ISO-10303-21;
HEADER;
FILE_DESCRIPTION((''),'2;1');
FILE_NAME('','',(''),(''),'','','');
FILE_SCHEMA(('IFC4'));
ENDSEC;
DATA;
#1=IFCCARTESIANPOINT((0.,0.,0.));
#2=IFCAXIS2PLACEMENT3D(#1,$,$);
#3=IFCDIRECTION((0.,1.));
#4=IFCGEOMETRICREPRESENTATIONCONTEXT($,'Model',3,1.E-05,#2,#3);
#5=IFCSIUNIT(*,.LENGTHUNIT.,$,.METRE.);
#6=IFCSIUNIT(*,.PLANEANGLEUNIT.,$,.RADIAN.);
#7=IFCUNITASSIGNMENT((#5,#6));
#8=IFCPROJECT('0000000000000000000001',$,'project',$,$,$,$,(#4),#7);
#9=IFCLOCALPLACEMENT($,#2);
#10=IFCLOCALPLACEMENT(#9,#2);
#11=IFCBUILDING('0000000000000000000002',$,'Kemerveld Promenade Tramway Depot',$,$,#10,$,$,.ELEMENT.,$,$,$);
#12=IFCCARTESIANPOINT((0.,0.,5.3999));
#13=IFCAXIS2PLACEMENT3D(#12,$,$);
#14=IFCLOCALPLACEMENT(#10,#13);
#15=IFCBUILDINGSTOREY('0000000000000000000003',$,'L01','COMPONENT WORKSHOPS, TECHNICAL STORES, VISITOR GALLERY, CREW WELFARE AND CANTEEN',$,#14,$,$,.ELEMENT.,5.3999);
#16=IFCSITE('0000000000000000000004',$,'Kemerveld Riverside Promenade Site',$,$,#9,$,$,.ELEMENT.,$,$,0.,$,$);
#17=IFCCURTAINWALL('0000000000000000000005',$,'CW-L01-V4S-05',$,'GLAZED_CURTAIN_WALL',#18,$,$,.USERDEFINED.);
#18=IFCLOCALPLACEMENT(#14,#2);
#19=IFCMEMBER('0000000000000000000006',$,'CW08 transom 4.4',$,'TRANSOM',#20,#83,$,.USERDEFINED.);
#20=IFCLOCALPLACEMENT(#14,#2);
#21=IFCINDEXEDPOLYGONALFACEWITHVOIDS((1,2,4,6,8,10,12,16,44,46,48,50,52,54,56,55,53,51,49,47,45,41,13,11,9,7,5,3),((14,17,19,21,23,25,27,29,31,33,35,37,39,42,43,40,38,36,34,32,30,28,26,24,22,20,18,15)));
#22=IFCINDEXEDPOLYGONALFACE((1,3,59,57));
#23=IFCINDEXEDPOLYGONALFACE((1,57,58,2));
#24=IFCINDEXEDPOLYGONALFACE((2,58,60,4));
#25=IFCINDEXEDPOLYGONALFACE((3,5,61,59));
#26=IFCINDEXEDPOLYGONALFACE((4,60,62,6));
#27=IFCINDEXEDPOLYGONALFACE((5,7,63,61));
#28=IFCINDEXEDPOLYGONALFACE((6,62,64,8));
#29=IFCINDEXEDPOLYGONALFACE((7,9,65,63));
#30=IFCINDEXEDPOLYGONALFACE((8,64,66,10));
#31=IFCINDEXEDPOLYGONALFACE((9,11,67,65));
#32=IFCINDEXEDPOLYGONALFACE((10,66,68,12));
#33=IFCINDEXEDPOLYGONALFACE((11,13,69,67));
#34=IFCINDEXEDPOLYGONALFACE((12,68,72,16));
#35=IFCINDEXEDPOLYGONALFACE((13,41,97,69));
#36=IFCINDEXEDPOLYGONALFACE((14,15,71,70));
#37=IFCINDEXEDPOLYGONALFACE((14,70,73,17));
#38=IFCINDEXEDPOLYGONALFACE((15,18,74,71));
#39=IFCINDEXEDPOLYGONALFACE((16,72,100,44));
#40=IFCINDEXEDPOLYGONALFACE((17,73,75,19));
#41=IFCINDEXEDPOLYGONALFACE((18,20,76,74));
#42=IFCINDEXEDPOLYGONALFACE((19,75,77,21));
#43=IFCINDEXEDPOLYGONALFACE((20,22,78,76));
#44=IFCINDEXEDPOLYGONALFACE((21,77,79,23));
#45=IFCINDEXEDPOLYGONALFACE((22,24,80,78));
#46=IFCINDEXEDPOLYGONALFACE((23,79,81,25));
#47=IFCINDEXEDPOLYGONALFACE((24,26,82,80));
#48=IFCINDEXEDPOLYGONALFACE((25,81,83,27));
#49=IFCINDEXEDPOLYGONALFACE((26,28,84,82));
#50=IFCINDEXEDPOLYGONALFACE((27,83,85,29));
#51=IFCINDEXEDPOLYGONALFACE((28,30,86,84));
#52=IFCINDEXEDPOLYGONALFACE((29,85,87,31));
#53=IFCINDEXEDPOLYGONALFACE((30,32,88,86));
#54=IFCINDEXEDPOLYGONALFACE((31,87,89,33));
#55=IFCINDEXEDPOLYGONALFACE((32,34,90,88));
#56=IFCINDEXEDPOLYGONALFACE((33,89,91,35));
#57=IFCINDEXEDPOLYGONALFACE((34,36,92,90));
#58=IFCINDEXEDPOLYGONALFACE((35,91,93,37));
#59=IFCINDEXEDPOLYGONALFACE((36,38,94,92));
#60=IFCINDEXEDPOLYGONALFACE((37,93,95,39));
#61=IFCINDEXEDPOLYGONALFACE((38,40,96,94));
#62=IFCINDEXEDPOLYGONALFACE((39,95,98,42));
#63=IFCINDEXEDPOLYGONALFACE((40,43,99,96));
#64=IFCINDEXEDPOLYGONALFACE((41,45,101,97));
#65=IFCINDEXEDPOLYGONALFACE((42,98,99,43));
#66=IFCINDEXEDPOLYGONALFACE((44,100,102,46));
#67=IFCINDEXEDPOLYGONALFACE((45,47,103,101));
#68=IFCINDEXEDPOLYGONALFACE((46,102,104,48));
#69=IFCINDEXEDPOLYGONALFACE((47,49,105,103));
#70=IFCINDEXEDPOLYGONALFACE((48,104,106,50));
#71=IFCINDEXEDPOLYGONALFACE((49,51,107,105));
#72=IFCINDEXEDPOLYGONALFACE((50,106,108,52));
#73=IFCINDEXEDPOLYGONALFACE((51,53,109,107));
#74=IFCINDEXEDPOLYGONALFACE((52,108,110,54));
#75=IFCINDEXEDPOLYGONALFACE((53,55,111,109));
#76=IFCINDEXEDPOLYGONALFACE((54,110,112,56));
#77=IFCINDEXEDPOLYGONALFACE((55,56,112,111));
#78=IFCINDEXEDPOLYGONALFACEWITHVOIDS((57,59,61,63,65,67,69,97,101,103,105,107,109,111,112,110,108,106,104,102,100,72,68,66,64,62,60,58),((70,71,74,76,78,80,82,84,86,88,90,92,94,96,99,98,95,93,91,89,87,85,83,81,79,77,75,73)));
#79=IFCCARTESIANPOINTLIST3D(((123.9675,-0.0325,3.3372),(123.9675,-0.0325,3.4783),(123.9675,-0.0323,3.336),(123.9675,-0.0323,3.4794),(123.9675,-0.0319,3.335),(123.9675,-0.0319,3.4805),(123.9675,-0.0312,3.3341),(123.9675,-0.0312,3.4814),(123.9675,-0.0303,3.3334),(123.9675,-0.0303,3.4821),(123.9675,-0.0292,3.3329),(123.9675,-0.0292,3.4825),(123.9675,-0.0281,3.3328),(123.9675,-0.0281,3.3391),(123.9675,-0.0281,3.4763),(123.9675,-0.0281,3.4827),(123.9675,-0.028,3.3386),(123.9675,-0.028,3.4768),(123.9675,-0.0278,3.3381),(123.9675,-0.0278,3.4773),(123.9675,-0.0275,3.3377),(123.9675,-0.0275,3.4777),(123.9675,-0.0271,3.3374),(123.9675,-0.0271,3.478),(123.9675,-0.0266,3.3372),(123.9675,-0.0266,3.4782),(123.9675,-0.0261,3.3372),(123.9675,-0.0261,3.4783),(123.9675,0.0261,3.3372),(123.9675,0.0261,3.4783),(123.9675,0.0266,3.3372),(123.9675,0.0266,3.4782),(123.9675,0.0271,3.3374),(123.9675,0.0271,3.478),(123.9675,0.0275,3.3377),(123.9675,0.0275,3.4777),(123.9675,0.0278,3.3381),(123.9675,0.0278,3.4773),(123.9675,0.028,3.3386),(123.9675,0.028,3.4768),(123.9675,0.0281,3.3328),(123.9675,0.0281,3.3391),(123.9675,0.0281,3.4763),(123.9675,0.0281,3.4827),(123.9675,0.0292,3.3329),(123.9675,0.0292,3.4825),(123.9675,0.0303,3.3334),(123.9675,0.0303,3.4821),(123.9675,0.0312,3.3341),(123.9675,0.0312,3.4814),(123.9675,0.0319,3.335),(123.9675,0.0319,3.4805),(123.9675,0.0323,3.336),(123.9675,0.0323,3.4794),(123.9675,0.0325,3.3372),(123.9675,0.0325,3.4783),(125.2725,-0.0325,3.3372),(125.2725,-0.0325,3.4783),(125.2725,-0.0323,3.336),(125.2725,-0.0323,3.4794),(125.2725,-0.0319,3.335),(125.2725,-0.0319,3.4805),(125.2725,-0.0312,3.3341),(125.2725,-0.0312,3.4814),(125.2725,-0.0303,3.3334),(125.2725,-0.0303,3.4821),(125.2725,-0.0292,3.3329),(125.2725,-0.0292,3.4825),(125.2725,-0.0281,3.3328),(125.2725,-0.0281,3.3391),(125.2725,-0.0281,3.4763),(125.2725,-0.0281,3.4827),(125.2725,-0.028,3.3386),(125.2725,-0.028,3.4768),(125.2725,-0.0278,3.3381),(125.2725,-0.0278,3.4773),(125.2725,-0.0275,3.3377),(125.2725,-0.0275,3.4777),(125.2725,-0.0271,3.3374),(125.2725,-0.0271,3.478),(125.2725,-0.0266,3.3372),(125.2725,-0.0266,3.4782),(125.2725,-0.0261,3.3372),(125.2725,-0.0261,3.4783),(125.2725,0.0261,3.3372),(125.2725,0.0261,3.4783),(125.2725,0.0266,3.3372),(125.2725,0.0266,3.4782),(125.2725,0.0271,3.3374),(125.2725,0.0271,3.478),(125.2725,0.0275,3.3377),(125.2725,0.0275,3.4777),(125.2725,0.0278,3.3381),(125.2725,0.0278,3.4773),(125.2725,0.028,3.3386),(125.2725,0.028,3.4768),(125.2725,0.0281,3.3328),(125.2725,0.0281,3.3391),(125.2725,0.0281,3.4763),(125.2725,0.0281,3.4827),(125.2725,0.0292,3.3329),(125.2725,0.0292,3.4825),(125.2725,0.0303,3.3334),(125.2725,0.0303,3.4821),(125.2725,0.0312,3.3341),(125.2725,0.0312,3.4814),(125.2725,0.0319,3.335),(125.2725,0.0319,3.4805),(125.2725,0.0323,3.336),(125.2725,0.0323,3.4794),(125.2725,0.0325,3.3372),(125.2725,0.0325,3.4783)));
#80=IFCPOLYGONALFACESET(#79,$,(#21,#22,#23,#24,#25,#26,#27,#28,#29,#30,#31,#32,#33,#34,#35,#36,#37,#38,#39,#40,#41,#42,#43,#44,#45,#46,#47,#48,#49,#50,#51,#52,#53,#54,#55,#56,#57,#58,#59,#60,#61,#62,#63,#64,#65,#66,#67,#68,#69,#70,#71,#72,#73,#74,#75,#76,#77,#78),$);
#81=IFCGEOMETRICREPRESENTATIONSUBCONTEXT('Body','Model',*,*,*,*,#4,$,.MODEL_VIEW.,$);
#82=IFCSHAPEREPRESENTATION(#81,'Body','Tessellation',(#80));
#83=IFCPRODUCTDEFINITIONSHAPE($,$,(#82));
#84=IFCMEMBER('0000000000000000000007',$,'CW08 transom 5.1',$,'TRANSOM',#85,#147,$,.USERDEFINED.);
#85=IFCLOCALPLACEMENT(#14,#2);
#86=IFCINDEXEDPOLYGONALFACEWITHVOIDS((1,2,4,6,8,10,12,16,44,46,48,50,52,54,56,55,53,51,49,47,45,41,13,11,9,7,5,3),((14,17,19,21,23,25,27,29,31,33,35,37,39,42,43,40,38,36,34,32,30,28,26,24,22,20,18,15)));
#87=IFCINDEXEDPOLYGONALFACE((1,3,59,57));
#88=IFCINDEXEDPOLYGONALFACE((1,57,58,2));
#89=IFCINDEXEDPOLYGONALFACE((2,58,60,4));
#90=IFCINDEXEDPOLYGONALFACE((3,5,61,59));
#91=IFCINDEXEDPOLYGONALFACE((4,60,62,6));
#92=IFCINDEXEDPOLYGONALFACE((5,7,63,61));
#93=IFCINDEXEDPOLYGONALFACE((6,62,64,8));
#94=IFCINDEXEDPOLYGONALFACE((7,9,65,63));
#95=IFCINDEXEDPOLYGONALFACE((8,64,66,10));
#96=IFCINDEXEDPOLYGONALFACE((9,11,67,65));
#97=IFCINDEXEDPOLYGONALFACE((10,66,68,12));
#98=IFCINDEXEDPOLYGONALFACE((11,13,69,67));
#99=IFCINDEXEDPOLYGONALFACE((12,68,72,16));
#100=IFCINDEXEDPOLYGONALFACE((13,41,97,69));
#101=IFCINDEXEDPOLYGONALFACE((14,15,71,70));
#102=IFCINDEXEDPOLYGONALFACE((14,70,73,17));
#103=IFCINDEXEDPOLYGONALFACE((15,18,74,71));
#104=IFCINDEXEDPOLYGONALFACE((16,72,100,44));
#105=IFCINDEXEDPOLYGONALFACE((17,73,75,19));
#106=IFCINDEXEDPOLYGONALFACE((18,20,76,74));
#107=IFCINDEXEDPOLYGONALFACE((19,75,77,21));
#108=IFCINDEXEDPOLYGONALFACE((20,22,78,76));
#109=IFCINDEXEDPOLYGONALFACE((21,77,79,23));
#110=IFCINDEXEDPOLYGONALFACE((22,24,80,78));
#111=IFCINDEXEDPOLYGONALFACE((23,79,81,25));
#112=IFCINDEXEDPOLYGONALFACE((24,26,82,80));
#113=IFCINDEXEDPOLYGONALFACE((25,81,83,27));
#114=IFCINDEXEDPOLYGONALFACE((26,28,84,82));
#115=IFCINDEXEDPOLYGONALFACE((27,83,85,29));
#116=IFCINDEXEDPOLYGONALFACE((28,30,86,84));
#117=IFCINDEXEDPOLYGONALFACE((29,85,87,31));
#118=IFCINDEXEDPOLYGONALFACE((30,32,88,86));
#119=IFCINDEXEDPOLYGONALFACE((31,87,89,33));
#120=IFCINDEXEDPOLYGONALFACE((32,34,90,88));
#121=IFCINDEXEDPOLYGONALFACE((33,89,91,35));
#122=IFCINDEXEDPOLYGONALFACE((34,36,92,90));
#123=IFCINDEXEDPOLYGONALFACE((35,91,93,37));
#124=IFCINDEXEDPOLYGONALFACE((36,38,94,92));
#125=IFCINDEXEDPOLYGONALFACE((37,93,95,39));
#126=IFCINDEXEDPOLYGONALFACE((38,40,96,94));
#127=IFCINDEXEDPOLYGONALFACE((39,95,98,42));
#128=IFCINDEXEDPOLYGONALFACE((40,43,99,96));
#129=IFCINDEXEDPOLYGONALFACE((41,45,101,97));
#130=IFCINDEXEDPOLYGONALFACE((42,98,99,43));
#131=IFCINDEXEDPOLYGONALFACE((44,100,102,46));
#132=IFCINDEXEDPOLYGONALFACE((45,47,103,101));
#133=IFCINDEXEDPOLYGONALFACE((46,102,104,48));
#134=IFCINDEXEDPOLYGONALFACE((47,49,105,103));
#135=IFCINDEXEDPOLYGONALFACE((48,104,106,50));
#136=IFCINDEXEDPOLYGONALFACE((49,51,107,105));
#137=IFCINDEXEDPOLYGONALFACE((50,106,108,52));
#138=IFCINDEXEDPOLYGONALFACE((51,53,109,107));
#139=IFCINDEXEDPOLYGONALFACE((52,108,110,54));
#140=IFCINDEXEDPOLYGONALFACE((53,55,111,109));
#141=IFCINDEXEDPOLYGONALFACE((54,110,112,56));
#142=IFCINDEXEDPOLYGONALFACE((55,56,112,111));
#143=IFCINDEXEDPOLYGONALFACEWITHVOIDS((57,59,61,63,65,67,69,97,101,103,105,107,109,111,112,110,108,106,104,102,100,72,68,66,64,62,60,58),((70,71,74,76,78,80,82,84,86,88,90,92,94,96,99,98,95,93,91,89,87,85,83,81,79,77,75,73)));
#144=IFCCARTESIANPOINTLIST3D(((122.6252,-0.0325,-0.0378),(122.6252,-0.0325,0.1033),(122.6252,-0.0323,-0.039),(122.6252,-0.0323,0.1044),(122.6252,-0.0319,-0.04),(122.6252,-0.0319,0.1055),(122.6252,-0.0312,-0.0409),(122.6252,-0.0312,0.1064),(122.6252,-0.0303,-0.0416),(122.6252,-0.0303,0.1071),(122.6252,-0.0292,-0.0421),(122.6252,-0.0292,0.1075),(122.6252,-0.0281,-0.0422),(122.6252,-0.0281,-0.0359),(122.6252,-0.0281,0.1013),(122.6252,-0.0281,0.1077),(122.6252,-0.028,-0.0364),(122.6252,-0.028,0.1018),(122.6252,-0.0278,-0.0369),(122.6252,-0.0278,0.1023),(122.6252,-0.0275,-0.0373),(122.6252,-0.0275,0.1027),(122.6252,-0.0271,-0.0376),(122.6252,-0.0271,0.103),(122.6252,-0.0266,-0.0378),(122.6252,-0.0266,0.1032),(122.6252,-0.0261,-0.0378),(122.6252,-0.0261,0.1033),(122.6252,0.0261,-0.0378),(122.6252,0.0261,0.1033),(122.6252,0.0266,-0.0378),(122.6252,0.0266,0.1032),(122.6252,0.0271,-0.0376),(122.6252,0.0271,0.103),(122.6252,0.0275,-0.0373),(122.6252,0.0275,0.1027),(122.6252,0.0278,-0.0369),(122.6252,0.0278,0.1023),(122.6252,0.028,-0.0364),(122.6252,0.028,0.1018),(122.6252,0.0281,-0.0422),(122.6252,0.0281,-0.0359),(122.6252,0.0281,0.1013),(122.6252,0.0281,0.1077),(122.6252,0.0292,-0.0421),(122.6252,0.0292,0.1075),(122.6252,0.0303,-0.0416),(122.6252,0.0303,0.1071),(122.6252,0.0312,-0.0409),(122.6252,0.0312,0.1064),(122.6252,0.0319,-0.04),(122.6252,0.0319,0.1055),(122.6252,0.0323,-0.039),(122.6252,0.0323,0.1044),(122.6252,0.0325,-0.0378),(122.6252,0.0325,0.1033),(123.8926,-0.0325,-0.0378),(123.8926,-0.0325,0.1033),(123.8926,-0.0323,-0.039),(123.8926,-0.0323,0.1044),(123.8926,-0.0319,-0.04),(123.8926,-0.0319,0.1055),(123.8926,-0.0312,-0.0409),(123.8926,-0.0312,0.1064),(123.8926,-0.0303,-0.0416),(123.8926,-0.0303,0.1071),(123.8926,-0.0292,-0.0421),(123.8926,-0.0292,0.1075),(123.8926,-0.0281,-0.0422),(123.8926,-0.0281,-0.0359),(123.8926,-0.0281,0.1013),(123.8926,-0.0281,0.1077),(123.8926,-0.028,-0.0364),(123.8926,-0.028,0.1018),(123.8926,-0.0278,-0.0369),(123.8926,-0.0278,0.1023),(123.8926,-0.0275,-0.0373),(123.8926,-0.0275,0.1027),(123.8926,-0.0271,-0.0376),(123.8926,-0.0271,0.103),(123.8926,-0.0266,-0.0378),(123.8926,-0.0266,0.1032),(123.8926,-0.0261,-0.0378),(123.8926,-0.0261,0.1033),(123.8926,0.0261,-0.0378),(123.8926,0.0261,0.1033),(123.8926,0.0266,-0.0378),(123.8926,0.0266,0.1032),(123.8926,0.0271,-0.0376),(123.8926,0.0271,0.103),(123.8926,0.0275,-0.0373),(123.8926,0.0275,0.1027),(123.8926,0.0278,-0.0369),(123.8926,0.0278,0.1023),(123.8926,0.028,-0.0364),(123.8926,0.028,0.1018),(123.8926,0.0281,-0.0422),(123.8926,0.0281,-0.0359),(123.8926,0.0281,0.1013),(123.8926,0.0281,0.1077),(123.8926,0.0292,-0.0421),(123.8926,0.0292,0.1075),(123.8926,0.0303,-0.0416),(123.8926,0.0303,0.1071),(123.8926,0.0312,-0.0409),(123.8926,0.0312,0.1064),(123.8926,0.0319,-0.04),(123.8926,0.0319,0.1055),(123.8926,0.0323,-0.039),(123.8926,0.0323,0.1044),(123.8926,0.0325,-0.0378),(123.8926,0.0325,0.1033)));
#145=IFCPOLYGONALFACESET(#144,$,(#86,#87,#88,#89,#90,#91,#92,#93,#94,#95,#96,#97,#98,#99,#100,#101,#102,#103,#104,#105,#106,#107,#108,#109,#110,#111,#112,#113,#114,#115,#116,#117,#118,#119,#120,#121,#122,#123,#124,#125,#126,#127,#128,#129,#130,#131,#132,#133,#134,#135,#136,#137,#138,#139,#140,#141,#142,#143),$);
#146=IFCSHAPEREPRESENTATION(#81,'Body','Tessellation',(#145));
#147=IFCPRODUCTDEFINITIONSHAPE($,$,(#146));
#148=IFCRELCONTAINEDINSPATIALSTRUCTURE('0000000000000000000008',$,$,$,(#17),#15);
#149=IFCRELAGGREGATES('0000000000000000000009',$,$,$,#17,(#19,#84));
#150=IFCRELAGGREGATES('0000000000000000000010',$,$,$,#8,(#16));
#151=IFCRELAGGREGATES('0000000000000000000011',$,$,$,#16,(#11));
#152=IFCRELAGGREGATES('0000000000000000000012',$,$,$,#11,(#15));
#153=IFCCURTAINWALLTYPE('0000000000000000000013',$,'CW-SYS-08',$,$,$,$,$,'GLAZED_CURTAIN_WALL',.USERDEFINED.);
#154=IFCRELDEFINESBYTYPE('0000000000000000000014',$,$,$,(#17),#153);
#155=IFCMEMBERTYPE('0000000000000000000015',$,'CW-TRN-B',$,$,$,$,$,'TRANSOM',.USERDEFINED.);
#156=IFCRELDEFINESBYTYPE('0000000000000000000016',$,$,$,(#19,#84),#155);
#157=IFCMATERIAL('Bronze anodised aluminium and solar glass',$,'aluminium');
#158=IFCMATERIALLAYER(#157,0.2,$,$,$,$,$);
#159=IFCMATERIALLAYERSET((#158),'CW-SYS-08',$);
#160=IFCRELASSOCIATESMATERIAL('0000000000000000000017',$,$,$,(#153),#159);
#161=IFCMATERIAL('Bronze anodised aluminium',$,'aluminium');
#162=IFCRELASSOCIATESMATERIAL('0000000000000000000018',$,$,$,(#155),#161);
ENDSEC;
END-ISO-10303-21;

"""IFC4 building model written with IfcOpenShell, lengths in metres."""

from ifc_helpers import new_model, si_unit, direction, frame, origin, origin_2d, place, context, subcontext, project, spatial, hollow_rectangle, extrude, material, layer, layer_set, material_profile, profile_set, type_object, element, aggregate, save


model = new_model("IFC4")

# Units and contexts
model_context = context("Model", 3, precision=1e-05, world=origin(), true_north=direction((0.0, 1.0)))
body_context = subcontext(model_context, "Body", "Model", "MODEL_VIEW")
ifc_project = project(units=[si_unit("LENGTHUNIT", "METRE"), si_unit("PLANEANGLEUNIT", "RADIAN")], contexts=[model_context])

# Site, building, storey
site_placement = place(None, origin())
site = spatial("IfcSite", under=ifc_project, at=site_placement, Name="Kemerveld Riverside Promenade Site", CompositionType="ELEMENT", RefElevation=0.0)
building_placement = place(site_placement, origin())
building = spatial("IfcBuilding", under=site, at=building_placement, Name="Kemerveld Promenade Tramway Depot", CompositionType="ELEMENT")
storey_placement = place(building_placement, frame((0.0, 0.0, 5.3999)))
storey = spatial("IfcBuildingStorey", under=building, at=storey_placement, Name="L01", Description="COMPONENT WORKSHOPS, TECHNICAL STORES, VISITOR GALLERY, CREW WELFARE AND CANTEEN", CompositionType="ELEMENT", Elevation=5.3999)

# Curtain wall, members
ifc_material_1 = material(Name="Bronze anodised aluminium and solar glass", Category="aluminium")
ifc_layer_1 = layer(ifc_material_1, 0.2)
ifc_layer_set_1 = layer_set([ifc_layer_1], Name="CW-SYS-08")
curtain_wall_type = type_object("IfcCurtainWallType", Name="CW-SYS-08", ElementType="GLAZED_CURTAIN_WALL", PredefinedType="USERDEFINED", material=ifc_layer_set_1)
curtain_wall_placement = place(storey_placement, origin())
curtain_wall = element("IfcCurtainWall", 1, at=curtain_wall_placement, inside=storey, type_object=curtain_wall_type, Name="CW-L01-V4S-05", ObjectType="GLAZED_CURTAIN_WALL", PredefinedType="USERDEFINED")
ifc_material_2 = material(Name="Bronze anodised aluminium", Category="aluminium")
ifc_material_profile_1 = material_profile(ifc_material_2, hollow_rectangle(XDim=0.0649, YDim=0.1499, WallThickness=0.0044, InnerFilletRadius=0.002, OuterFilletRadius=0.0044, at=origin_2d()), Name="CW-TRN-150x65")
ifc_profile_set_1 = profile_set([ifc_material_profile_1], Name="Bronze anodised aluminium")
member_type_1 = type_object("IfcMemberType", Name="CW-TRN-B", ElementType="TRANSOM", PredefinedType="USERDEFINED", material=ifc_profile_set_1)
member_1_placement = place(storey_placement, frame((125.2725, 0.0, 3.4077), z_axis=(-1.0, 0.0, 0.0), x_axis=(0.0, -1.0, 0.0)))
member_1 = element("IfcMember", 2, at=member_1_placement, type_object=member_type_1, Name="CW08 transom 4.4", ObjectType="TRANSOM", PredefinedType="USERDEFINED", context=body_context, shape_type="SweptSolid", body=[
    extrude(hollow_rectangle(XDim=0.0649, YDim=0.1499, WallThickness=0.0044, InnerFilletRadius=0.002, OuterFilletRadius=0.0044, at=origin_2d()), origin(), (0.0, 0.0, 1.0), 1.3049),
])
member_2_placement = place(storey_placement, frame((123.8926, 0.0, 0.0327), z_axis=(-1.0, 0.0, 0.0), x_axis=(0.0, -1.0, 0.0)))
member_2 = element("IfcMember", 3, at=member_2_placement, type_object=member_type_1, Name="CW08 transom 5.1", ObjectType="TRANSOM", PredefinedType="USERDEFINED", context=body_context, shape_type="SweptSolid", body=[
    extrude(hollow_rectangle(XDim=0.0649, YDim=0.1499, WallThickness=0.0044, InnerFilletRadius=0.002, OuterFilletRadius=0.0044, at=origin_2d()), origin(), (0.0, 0.0, 1.0), 1.2673),
])
aggregate(curtain_wall, [member_1, member_2])

save(model, "model.ifc")
